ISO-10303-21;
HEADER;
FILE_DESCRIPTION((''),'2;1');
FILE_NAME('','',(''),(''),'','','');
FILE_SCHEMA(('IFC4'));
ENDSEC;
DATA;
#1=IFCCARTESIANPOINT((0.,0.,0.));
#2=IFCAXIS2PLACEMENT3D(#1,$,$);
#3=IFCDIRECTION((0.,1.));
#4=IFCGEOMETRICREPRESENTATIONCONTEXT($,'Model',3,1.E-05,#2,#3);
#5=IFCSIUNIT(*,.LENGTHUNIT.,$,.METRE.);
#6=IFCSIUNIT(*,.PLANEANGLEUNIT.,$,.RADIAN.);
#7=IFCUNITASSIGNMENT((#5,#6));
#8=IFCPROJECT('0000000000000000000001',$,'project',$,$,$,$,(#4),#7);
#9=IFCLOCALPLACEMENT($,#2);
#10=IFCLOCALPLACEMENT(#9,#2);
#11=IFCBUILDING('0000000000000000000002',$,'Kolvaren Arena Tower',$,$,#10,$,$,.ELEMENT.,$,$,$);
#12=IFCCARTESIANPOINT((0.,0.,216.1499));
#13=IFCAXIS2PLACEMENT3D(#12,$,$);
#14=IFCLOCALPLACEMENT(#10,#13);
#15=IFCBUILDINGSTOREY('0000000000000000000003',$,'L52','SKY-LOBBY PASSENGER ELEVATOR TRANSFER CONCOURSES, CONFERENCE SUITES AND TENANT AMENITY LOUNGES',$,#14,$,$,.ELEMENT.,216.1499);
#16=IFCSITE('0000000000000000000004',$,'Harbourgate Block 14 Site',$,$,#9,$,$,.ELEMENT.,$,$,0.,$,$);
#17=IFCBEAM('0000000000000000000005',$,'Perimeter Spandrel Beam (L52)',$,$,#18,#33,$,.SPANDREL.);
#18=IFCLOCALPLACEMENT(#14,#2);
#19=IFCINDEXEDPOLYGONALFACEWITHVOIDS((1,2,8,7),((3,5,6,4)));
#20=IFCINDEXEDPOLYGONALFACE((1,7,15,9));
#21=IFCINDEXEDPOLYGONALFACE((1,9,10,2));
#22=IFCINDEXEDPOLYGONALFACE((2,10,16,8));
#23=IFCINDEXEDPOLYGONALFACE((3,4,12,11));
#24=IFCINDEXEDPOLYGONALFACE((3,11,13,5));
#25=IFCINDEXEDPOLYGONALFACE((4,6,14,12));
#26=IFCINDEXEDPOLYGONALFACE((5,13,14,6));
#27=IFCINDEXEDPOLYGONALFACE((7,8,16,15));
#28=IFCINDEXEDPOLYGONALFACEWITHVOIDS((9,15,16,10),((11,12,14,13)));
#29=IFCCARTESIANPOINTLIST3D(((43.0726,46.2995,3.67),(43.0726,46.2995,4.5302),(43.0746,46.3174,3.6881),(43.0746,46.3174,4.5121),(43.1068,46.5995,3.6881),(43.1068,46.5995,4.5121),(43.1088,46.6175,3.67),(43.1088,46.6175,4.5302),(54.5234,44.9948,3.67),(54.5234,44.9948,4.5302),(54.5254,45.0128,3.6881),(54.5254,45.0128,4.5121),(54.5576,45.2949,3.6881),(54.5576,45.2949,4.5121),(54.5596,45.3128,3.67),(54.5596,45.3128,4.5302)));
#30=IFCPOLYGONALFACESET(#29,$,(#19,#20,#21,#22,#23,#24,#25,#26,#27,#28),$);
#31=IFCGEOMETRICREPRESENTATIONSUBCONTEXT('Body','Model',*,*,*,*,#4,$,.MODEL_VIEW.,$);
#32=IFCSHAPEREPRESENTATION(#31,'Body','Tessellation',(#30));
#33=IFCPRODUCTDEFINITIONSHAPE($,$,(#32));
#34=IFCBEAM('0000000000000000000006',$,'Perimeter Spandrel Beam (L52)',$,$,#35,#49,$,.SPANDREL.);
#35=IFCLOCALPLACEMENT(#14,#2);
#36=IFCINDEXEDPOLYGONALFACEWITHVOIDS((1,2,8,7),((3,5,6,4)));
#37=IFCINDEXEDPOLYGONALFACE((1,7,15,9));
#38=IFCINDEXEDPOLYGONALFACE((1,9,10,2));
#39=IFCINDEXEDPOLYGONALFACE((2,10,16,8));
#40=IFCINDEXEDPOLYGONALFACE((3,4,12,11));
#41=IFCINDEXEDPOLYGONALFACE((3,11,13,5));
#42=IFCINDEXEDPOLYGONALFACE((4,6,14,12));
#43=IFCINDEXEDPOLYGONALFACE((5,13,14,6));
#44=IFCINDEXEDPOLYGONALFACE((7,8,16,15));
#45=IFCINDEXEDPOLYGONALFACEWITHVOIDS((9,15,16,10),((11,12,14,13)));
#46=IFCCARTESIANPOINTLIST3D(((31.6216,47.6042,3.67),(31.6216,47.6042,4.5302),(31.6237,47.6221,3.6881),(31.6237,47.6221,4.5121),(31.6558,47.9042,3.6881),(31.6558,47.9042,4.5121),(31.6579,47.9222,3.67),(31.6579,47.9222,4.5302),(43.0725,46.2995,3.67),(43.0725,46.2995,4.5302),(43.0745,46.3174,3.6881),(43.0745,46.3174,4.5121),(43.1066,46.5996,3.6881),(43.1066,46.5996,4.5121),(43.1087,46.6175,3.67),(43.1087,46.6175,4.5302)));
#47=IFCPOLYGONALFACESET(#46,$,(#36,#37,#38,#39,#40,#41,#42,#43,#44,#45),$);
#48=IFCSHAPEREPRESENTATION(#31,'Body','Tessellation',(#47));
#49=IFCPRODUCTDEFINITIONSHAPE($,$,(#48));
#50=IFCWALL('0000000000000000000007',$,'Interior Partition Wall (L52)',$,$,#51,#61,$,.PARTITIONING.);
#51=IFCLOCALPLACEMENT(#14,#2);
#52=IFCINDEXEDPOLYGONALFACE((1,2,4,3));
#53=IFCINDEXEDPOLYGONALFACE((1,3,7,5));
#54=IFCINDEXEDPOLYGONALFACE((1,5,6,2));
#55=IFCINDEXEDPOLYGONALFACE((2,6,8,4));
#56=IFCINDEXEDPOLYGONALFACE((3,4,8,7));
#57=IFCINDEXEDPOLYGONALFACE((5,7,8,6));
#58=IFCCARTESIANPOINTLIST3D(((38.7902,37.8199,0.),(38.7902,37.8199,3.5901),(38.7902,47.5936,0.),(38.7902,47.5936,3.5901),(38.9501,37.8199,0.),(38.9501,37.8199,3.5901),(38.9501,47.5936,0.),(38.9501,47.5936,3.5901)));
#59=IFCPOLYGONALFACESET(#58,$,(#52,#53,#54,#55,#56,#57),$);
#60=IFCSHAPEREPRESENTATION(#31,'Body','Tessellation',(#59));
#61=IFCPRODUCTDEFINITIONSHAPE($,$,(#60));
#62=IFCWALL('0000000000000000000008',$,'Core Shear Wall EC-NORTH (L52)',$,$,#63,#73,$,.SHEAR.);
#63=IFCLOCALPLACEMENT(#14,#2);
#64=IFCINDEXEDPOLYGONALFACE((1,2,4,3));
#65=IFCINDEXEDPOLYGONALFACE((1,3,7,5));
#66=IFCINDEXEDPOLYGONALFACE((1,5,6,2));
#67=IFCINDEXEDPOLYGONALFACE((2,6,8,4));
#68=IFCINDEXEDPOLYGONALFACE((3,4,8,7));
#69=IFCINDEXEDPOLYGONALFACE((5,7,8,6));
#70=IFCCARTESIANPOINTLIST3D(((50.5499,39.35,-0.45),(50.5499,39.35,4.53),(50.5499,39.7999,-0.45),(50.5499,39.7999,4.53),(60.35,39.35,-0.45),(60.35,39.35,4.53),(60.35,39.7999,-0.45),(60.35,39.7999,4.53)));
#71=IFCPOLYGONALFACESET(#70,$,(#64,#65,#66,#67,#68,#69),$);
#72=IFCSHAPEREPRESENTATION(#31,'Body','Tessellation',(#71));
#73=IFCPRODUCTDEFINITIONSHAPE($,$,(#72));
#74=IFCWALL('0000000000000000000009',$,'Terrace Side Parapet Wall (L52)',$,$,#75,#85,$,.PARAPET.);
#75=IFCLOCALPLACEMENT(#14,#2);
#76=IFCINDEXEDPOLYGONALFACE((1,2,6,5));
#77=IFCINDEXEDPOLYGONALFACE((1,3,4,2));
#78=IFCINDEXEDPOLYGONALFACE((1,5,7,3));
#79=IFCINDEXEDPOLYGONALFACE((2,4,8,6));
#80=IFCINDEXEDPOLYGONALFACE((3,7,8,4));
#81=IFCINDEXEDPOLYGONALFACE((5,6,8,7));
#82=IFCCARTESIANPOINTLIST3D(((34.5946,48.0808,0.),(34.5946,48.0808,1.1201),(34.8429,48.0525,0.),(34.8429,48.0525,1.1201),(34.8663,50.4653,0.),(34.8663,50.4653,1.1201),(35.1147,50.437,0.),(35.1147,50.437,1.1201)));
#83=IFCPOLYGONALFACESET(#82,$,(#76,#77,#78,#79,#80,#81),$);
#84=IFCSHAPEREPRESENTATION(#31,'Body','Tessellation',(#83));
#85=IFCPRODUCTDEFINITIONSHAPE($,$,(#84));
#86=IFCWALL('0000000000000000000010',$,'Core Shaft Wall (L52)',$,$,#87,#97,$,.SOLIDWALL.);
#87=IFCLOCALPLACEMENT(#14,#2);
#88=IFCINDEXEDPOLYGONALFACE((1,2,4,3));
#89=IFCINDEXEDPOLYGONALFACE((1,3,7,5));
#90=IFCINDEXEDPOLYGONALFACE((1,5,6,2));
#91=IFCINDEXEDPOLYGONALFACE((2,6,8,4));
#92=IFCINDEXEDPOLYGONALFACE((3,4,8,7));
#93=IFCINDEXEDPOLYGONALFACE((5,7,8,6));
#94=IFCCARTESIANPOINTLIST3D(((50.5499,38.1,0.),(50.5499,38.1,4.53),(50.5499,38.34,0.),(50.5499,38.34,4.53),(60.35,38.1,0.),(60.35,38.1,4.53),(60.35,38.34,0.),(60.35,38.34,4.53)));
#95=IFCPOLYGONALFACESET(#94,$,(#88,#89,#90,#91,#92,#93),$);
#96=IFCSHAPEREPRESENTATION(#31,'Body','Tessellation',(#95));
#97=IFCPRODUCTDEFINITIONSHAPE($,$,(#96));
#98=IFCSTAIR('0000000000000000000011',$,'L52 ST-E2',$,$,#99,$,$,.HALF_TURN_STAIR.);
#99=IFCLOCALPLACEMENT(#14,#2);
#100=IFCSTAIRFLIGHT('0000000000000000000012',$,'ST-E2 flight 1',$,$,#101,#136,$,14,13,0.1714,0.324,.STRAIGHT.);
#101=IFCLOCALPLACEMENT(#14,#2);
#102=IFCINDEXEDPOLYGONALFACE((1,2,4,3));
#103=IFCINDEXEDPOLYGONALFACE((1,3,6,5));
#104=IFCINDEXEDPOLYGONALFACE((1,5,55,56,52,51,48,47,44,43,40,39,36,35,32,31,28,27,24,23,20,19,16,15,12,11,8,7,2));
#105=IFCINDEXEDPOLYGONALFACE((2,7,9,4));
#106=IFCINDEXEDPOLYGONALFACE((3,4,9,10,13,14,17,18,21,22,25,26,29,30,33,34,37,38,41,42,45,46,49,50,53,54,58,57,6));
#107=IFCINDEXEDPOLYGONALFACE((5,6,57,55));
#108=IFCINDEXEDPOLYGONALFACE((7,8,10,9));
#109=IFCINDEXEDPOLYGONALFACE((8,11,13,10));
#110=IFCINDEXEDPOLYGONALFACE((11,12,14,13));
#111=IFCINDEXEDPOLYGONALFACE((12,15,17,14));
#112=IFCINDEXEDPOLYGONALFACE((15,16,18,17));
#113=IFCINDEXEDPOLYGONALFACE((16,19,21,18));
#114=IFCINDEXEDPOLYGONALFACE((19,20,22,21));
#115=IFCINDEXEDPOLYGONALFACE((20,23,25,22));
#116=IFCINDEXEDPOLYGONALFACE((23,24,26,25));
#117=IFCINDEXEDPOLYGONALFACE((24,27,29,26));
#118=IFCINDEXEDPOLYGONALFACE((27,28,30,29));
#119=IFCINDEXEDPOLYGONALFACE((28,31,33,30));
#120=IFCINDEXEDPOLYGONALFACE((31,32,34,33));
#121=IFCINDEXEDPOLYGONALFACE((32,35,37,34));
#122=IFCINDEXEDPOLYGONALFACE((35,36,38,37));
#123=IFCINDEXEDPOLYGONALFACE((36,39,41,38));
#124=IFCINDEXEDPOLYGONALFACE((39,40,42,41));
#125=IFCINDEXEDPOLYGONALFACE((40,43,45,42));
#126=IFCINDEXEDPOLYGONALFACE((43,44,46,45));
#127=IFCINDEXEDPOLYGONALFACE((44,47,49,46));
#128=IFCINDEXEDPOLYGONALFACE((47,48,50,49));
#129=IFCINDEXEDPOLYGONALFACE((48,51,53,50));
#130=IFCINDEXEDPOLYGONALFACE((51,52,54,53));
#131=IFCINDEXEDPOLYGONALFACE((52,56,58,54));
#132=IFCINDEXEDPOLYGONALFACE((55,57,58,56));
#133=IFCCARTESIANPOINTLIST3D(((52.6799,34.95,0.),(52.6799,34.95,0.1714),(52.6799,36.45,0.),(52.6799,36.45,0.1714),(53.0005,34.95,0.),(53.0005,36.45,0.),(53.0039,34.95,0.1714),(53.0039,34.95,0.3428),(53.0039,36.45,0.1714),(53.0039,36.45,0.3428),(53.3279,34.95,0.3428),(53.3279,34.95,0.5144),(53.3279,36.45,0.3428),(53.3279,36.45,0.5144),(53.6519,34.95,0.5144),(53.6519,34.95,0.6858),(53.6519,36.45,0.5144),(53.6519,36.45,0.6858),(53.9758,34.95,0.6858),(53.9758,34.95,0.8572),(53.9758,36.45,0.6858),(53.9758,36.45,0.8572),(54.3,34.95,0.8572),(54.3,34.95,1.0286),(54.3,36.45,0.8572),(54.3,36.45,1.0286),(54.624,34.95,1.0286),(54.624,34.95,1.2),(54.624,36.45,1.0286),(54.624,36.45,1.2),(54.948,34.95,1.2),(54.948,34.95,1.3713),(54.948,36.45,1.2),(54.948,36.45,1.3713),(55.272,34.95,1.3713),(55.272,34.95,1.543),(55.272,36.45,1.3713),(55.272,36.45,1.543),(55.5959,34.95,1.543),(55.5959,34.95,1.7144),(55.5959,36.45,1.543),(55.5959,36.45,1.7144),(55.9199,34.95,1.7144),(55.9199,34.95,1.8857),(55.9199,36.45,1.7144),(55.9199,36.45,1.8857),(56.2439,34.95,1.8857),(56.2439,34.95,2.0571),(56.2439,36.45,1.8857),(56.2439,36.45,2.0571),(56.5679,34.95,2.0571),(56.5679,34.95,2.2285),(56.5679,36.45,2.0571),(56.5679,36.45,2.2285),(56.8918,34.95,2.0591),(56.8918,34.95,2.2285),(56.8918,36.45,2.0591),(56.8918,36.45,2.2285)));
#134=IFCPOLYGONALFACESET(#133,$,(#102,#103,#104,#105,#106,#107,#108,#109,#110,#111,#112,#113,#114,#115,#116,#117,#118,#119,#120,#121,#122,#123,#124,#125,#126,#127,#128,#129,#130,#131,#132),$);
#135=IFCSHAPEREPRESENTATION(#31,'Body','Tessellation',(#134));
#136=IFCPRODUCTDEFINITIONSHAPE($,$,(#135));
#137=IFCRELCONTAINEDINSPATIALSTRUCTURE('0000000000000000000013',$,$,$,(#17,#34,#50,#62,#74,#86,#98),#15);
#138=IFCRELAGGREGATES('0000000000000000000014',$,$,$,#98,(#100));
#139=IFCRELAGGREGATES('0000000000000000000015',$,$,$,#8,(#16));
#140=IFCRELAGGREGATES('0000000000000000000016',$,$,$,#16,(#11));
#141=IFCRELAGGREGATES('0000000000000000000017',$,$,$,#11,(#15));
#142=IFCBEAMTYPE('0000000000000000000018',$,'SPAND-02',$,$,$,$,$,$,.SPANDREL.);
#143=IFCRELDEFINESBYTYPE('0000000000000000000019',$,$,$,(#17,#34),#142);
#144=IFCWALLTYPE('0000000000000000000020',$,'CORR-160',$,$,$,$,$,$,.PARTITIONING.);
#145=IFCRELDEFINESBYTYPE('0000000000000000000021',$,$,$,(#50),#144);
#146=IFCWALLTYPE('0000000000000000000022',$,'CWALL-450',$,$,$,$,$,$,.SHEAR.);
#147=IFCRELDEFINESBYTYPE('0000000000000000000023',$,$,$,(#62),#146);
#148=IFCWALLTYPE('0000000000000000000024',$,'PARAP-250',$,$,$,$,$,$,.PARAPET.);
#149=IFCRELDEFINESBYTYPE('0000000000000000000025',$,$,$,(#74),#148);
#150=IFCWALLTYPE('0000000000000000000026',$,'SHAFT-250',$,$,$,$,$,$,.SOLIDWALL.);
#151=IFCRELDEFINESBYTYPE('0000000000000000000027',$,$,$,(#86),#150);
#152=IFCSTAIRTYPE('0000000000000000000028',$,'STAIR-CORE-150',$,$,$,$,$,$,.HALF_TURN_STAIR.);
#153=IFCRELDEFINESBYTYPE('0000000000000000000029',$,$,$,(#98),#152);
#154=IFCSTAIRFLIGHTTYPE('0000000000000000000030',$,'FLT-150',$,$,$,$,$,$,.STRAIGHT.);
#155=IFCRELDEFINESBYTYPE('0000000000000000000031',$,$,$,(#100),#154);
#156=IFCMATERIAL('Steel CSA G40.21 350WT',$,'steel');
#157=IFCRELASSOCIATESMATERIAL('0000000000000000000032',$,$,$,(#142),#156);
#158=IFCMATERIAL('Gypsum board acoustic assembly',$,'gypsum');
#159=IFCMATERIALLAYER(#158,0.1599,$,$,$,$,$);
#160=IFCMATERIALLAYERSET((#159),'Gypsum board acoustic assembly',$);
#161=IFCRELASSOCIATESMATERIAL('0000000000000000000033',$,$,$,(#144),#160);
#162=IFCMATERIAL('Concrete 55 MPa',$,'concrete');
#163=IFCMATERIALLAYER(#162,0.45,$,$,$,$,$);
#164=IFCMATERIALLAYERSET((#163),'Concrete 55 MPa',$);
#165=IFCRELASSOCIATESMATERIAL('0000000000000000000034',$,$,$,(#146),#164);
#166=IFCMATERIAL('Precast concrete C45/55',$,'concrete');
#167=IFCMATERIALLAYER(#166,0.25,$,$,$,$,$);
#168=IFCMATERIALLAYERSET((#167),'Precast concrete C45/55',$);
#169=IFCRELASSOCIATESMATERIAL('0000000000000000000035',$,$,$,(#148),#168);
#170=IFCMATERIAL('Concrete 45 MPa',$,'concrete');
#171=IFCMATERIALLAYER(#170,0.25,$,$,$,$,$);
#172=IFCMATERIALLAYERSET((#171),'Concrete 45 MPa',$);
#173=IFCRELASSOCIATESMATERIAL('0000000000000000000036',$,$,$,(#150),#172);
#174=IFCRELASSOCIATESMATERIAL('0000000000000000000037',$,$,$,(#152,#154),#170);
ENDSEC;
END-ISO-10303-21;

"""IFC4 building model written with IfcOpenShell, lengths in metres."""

from ifc_helpers import new_model, si_unit, direction, frame, frame_2d, origin, origin_2d, place, context, subcontext, project, spatial, polyline, rectangle, hollow_rectangle, outline, extrude, material, layer, layer_set, material_profile, profile_set, type_object, element, aggregate, save


model = new_model("IFC4")

# Units and contexts
model_context = context("Model", 3, precision=1e-05, world=origin(), true_north=direction((0.0, 1.0)))
body_context = subcontext(model_context, "Body", "Model", "MODEL_VIEW")
ifc_project = project(units=[si_unit("LENGTHUNIT", "METRE"), si_unit("PLANEANGLEUNIT", "RADIAN")], contexts=[model_context])

# Site, building, storey
site_placement = place(None, origin())
site = spatial("IfcSite", under=ifc_project, at=site_placement, Name="Harbourgate Block 14 Site", CompositionType="ELEMENT", RefElevation=0.0)
building_placement = place(site_placement, origin())
building = spatial("IfcBuilding", under=site, at=building_placement, Name="Kolvaren Arena Tower", CompositionType="ELEMENT")
storey_placement = place(building_placement, frame((0.0, 0.0, 216.1499)))
storey = spatial("IfcBuildingStorey", under=building, at=storey_placement, Name="L52", Description="SKY-LOBBY PASSENGER ELEVATOR TRANSFER CONCOURSES, CONFERENCE SUITES AND TENANT AMENITY LOUNGES", CompositionType="ELEMENT", Elevation=216.1499)

# Beams
ifc_material_1 = material(Name="Steel CSA G40.21 350WT", Category="steel")
ifc_material_profile_1 = material_profile(ifc_material_1, hollow_rectangle(XDim=0.3201, YDim=0.8601, WallThickness=0.0181, at=origin_2d()), Name="HSS 860x320x18")
ifc_profile_set_1 = profile_set([ifc_material_profile_1], Name="Steel CSA G40.21 350WT")
beam_type_1 = type_object("IfcBeamType", Name="SPAND-02", PredefinedType="SPANDREL", material=ifc_profile_set_1)
for number, where, z_axis, x_axis, name in (
    (1, (54.5415, 45.1538, 4.1001), (-0.993572, 0.113205, 0.0), (-0.113205, -0.993572, 0.0), "Perimeter Spandrel Beam (L52)"),
    (2, (43.0906, 46.4585, 4.1001), (-0.993572, 0.113205, 0.0), (-0.113205, -0.993572, 0.0), "Perimeter Spandrel Beam (L52)"),
):
    element("IfcBeam", number, at=place(storey_placement, frame(where, z_axis=z_axis, x_axis=x_axis)), inside=storey, type_object=beam_type_1, Name=name, PredefinedType="SPANDREL", context=body_context, shape_type="SweptSolid", body=[
        extrude(hollow_rectangle(XDim=0.3201, YDim=0.8601, WallThickness=0.0181, at=origin_2d()), origin(), (0.0, 0.0, 1.0), 11.5249),
    ])

# Walls
ifc_material_2 = material(Name="Gypsum board acoustic assembly", Category="gypsum")
ifc_layer_1 = layer(ifc_material_2, 0.1599)
ifc_layer_set_1 = layer_set([ifc_layer_1], Name="Gypsum board acoustic assembly")
wall_type_1 = type_object("IfcWallType", Name="CORR-160", PredefinedType="PARTITIONING", material=ifc_layer_set_1)
wall_1_placement = place(storey_placement, frame((38.8701, 37.8201, 0.0), z_axis=(0.0, 0.0, 1.0), x_axis=(0.0, 1.0, 0.0)))
element("IfcWall", 3, at=wall_1_placement, inside=storey, type_object=wall_type_1, Name="Interior Partition Wall (L52)", PredefinedType="PARTITIONING", context=body_context, shape_type="SweptSolid", body=[
    extrude(rectangle(XDim=9.7737, YDim=0.1599, at=frame_2d((4.8867, 0.0))), origin(), (0.0, 0.0, 1.0), 3.5901),
])
ifc_material_3 = material(Name="Concrete 55 MPa", Category="concrete")
ifc_layer_2 = layer(ifc_material_3, 0.45)
ifc_layer_set_2 = layer_set([ifc_layer_2], Name="Concrete 55 MPa")
wall_type_2 = type_object("IfcWallType", Name="CWALL-450", PredefinedType="SHEAR", material=ifc_layer_set_2)
wall_2_placement = place(storey_placement, frame((50.55, 39.575, -0.45), z_axis=(0.0, 0.0, 1.0), x_axis=(1.0, 0.0, 0.0)))
element("IfcWall", 4, at=wall_2_placement, inside=storey, type_object=wall_type_2, Name="Core Shear Wall EC-NORTH (L52)", PredefinedType="SHEAR", context=body_context, shape_type="SweptSolid", body=[
    extrude(rectangle(XDim=9.8, YDim=0.45, at=frame_2d((4.8999, 0.0))), origin(), (0.0, 0.0, 1.0), 4.98),
])
ifc_material_4 = material(Name="Precast concrete C45/55", Category="concrete")
ifc_layer_3 = layer(ifc_material_4, 0.25)
ifc_layer_set_3 = layer_set([ifc_layer_3], Name="Precast concrete C45/55")
wall_type_3 = type_object("IfcWallType", Name="PARAP-250", PredefinedType="PARAPET", material=ifc_layer_set_3)
wall_3_placement = place(storey_placement, frame((34.7188, 48.0667, 0.0), z_axis=(0.0, 0.0, 1.0), x_axis=(0.113222, 0.99357, 0.0)))
element("IfcWall", 5, at=wall_3_placement, inside=storey, type_object=wall_type_3, Name="Terrace Side Parapet Wall (L52)", PredefinedType="PARAPET", context=body_context, shape_type="SweptSolid", body=[
    extrude(rectangle(XDim=2.3999, YDim=0.25, at=frame_2d((1.2, 0.0))), origin(), (0.0, 0.0, 1.0), 1.1201),
])
ifc_material_5 = material(Name="Concrete 45 MPa", Category="concrete")
ifc_layer_4 = layer(ifc_material_5, 0.25)
ifc_layer_set_4 = layer_set([ifc_layer_4], Name="Concrete 45 MPa")
wall_type_4 = type_object("IfcWallType", Name="SHAFT-250", PredefinedType="SOLIDWALL", material=ifc_layer_set_4)
wall_4_placement = place(storey_placement, frame((50.55, 38.22, 0.0), z_axis=(0.0, 0.0, 1.0), x_axis=(1.0, 0.0, 0.0)))
element("IfcWall", 6, at=wall_4_placement, inside=storey, type_object=wall_type_4, Name="Core Shaft Wall (L52)", PredefinedType="SOLIDWALL", context=body_context, shape_type="SweptSolid", body=[
    extrude(rectangle(XDim=9.8, YDim=0.24, at=frame_2d((4.8999, 0.0))), origin(), (0.0, 0.0, 1.0), 4.53),
])

# Stair, stair flight
stair_type = type_object("IfcStairType", Name="STAIR-CORE-150", PredefinedType="HALF_TURN_STAIR", material=ifc_material_5)
stair_placement = place(storey_placement, origin())
stair = element("IfcStair", 7, at=stair_placement, inside=storey, type_object=stair_type, Name="L52 ST-E2", PredefinedType="HALF_TURN_STAIR")
stair_flight_type = type_object("IfcStairFlightType", Name="FLT-150", PredefinedType="STRAIGHT", material=ifc_material_5)
stair_flight_placement = place(storey_placement, frame((52.6799, 35.7, 0.0), z_axis=(0.0, 0.0, 1.0), x_axis=(1.0, 0.0, 0.0)))
stair_flight = element("IfcStairFlight", 8, at=stair_flight_placement, type_object=stair_flight_type, Name="ST-E2 flight 1", NumberOfRisers=14, NumberOfTreads=13, PredefinedType="STRAIGHT", RiserHeight=0.1714, TreadLength=0.324, context=body_context, shape_type="SweptSolid", body=[
    extrude(outline(polyline([(0.0, 0.0), (0.0, 0.1714), (0.324, 0.1714), (0.324, 0.3428), (0.6479, 0.3428), (0.6479, 0.5144), (0.9719, 0.5144), (0.9719, 0.6858), (1.2959, 0.6858), (1.2959, 0.8572), (1.6201, 0.8572), (1.6201, 1.0286), (1.9441, 1.0286), (1.9441, 1.2), (2.2681, 1.2), (2.2681, 1.3713), (2.592, 1.3713), (2.592, 1.543), (2.916, 1.543), (2.916, 1.7144), (3.24, 1.7144), (3.24, 1.8857), (3.564, 1.8857), (3.564, 2.0571), (3.8879, 2.0571), (3.8879, 2.2285), (4.2119, 2.2285), (4.2119, 2.3999), (4.2119, 2.0591), (0.3206, 0.0), (0.0, 0.0)])), frame((0.0, 0.75, 0.0), z_axis=(0.0, -1.0, 0.0), x_axis=(1.0, 0.0, 0.0)), (0.0, 0.0, 1.0), 1.5),
])
aggregate(stair, [stair_flight])

save(model, "model.ifc")
